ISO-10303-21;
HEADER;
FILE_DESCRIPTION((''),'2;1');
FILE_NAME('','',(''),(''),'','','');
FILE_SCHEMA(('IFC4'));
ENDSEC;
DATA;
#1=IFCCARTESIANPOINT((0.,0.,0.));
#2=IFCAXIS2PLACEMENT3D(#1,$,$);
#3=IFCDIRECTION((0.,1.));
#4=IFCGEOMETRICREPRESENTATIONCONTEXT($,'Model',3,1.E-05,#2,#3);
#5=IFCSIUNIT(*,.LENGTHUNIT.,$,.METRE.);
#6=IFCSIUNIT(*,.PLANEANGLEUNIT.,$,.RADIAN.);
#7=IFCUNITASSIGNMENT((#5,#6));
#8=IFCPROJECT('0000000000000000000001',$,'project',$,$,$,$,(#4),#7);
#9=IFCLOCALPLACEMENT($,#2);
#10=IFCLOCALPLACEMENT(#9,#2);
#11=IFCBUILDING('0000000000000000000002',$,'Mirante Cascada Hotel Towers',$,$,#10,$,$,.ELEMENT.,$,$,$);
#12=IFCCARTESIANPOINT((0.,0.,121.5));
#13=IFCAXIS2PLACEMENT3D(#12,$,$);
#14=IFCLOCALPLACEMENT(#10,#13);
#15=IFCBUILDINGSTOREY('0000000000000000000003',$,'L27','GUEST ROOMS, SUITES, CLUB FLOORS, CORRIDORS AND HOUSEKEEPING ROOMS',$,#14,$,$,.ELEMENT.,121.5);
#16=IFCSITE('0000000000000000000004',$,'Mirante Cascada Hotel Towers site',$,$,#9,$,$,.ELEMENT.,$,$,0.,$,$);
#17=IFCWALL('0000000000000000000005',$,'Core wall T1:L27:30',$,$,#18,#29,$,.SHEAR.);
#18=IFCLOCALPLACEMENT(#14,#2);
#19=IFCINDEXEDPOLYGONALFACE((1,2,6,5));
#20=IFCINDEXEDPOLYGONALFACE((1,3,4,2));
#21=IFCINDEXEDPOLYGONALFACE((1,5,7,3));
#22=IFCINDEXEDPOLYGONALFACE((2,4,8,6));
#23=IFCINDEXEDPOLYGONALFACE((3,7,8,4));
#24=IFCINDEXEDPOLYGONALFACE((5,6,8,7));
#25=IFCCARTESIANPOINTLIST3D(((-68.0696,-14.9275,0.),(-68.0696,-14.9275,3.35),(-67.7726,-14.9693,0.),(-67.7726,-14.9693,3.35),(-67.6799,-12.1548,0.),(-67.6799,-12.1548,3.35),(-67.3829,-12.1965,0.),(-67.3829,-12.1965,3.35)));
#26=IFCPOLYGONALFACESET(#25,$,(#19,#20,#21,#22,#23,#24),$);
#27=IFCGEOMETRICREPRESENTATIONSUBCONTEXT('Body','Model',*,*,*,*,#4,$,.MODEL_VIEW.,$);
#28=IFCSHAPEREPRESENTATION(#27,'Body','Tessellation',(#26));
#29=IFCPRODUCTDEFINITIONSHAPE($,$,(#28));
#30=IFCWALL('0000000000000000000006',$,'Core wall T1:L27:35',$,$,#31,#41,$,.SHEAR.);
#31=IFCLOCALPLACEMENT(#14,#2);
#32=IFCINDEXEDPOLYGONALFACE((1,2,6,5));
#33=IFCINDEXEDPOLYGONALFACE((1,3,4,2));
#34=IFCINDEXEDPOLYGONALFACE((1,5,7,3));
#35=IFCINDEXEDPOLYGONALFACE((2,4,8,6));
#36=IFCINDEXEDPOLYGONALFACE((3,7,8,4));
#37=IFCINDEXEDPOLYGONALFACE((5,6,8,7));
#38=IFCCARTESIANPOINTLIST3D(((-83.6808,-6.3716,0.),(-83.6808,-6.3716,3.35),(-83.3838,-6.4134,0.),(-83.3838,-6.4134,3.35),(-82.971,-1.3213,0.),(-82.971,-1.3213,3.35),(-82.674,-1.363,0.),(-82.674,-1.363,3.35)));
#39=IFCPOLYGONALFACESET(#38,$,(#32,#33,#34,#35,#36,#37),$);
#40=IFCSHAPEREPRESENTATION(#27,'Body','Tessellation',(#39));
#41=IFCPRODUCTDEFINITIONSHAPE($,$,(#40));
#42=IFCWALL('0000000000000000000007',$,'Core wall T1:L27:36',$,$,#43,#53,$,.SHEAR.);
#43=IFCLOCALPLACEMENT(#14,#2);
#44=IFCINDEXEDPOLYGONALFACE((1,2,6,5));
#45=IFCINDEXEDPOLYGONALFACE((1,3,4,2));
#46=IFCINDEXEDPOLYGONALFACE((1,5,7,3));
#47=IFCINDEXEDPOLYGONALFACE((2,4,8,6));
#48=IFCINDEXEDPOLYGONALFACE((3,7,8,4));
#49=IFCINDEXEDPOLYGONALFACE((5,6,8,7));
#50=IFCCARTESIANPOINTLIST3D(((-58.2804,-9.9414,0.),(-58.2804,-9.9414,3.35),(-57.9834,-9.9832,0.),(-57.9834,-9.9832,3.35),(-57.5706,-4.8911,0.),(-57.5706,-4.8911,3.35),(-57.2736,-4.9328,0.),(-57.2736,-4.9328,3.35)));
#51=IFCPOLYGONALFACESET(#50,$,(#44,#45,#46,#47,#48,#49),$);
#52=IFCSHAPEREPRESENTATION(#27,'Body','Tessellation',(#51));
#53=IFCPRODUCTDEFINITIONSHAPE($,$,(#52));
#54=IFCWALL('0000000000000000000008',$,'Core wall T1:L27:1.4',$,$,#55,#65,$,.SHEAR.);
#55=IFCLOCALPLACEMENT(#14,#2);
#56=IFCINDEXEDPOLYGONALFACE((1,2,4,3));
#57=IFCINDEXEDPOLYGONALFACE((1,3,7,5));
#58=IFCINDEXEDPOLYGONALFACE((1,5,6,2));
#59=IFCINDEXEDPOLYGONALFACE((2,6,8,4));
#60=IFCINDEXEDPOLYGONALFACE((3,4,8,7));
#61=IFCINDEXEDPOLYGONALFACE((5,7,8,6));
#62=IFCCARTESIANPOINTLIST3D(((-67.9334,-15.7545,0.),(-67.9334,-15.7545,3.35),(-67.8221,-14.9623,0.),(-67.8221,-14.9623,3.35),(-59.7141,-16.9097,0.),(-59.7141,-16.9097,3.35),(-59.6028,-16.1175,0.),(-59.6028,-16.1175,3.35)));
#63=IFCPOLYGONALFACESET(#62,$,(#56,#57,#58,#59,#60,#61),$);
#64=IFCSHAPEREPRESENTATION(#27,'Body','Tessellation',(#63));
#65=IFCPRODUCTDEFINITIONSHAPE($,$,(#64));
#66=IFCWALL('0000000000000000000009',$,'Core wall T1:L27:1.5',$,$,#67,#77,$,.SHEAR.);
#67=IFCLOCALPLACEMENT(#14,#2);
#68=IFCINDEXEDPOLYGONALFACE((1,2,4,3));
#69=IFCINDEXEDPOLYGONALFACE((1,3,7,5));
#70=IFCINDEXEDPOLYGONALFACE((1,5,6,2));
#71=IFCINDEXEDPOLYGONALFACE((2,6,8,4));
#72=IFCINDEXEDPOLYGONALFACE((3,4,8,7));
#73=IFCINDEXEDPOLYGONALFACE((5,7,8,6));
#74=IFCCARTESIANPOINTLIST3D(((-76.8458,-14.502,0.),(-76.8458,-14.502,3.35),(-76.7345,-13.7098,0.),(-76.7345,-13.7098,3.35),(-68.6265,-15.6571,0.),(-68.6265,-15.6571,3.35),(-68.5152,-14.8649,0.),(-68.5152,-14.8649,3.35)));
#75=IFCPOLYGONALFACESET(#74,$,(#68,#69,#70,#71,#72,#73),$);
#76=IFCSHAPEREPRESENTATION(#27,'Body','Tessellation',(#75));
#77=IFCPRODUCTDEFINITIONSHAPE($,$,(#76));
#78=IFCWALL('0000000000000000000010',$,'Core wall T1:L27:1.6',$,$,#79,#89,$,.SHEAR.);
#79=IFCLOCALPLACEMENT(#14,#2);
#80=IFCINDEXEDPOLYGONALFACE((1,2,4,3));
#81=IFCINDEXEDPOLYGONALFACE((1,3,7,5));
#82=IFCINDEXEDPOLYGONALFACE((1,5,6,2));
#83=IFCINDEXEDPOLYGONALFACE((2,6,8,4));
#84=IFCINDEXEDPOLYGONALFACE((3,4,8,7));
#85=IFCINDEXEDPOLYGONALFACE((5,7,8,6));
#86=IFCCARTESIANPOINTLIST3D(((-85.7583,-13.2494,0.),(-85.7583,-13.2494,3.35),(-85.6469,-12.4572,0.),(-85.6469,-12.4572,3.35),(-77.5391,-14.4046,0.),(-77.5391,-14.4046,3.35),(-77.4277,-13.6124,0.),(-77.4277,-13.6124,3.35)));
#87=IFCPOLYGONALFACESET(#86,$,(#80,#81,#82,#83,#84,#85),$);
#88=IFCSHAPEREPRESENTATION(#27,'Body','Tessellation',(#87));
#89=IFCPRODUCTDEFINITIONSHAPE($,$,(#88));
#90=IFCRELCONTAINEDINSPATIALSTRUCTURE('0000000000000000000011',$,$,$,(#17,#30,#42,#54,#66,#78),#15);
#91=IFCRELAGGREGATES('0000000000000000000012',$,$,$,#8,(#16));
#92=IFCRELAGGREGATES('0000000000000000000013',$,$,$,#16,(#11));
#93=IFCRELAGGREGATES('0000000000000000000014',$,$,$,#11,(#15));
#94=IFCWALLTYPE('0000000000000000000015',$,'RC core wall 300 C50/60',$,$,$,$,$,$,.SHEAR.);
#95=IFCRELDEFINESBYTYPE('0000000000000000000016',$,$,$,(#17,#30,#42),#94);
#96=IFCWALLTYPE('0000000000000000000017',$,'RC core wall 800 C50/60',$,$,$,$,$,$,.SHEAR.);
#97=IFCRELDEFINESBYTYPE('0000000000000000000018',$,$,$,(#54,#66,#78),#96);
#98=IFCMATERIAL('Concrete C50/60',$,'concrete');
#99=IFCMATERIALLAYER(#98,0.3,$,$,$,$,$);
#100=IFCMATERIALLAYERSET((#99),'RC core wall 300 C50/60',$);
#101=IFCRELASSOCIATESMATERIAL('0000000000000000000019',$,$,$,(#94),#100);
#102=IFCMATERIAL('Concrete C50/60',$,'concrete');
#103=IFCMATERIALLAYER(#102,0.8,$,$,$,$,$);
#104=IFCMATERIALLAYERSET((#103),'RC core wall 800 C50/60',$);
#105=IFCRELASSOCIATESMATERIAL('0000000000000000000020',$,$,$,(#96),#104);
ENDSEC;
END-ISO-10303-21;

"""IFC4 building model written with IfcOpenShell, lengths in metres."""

from ifc_helpers import new_model, si_unit, direction, frame, frame_2d, origin, place, context, subcontext, project, spatial, rectangle, extrude, material, layer, layer_set, type_object, element, save


model = new_model("IFC4")

# Units and contexts
model_context = context("Model", 3, precision=1e-05, world=origin(), true_north=direction((0.0, 1.0)))
body_context = subcontext(model_context, "Body", "Model", "MODEL_VIEW")
ifc_project = project(units=[si_unit("LENGTHUNIT", "METRE"), si_unit("PLANEANGLEUNIT", "RADIAN")], contexts=[model_context])

# Site, building, storey
site_placement = place(None, origin())
site = spatial("IfcSite", under=ifc_project, at=site_placement, Name="Mirante Cascada Hotel Towers site", CompositionType="ELEMENT", RefElevation=0.0)
building_placement = place(site_placement, origin())
building = spatial("IfcBuilding", under=site, at=building_placement, Name="Mirante Cascada Hotel Towers", CompositionType="ELEMENT")
storey_placement = place(building_placement, frame((0.0, 0.0, 121.5)))
storey = spatial("IfcBuildingStorey", under=building, at=storey_placement, Name="L27", Description="GUEST ROOMS, SUITES, CLUB FLOORS, CORRIDORS AND HOUSEKEEPING ROOMS", CompositionType="ELEMENT", Elevation=121.5)

# Walls
ifc_material_1 = material(Name="Concrete C50/60", Category="concrete")
ifc_layer_1 = layer(ifc_material_1, 0.3)
ifc_layer_set_1 = layer_set([ifc_layer_1], Name="RC core wall 300 C50/60")
wall_type_1 = type_object("IfcWallType", Name="RC core wall 300 C50/60", PredefinedType="SHEAR", material=ifc_layer_set_1)
wall_1_placement = place(storey_placement, frame((-67.9211, -14.9484, 0.0), z_axis=(0.0, 0.0, 1.0), x_axis=(0.139181, 0.990267, 0.0)))
element("IfcWall", 1, at=wall_1_placement, inside=storey, type_object=wall_type_1, Name="Core wall T1:L27:30", PredefinedType="SHEAR", context=body_context, shape_type="SweptSolid", body=[
    extrude(rectangle(XDim=2.8, YDim=0.3, at=frame_2d((1.4, 0.0))), origin(), (0.0, 0.0, 1.0), 3.35),
])
for number, where, z_axis, x_axis, name in (
    (2, (-83.5323, -6.3925, 0.0), (0.0, 0.0, 1.0), (0.139176, 0.990268, 0.0), "Core wall T1:L27:35"),
    (3, (-58.1319, -9.9623, 0.0), (0.0, 0.0, 1.0), (0.139176, 0.990268, 0.0), "Core wall T1:L27:36"),
):
    element("IfcWall", number, at=place(storey_placement, frame(where, z_axis=z_axis, x_axis=x_axis)), inside=storey, type_object=wall_type_1, Name=name, PredefinedType="SHEAR", context=body_context, shape_type="SweptSolid", body=[
        extrude(rectangle(XDim=5.1, YDim=0.3, at=frame_2d((2.55, 0.0))), origin(), (0.0, 0.0, 1.0), 3.35),
    ])
ifc_material_2 = material(Name="Concrete C50/60", Category="concrete")
ifc_layer_2 = layer(ifc_material_2, 0.8)
ifc_layer_set_2 = layer_set([ifc_layer_2], Name="RC core wall 800 C50/60")
wall_type_2 = type_object("IfcWallType", Name="RC core wall 800 C50/60", PredefinedType="SHEAR", material=ifc_layer_set_2)
for number, where, z_axis, x_axis, name in (
    (4, (-59.6585, -16.5136, 0.0), (0.0, 0.0, 1.0), (-0.990267, 0.139179, 0.0), "Core wall T1:L27:1.4"),
    (5, (-68.5709, -15.261, 0.0), (0.0, 0.0, 1.0), (-0.990269, 0.139167, 0.0), "Core wall T1:L27:1.5"),
):
    element("IfcWall", number, at=place(storey_placement, frame(where, z_axis=z_axis, x_axis=x_axis)), inside=storey, type_object=wall_type_2, Name=name, PredefinedType="SHEAR", context=body_context, shape_type="SweptSolid", body=[
        extrude(rectangle(XDim=8.3001, YDim=0.8, at=frame_2d((4.15, 0.0))), origin(), (0.0, 0.0, 1.0), 3.35),
    ])
wall_2_placement = place(storey_placement, frame((-77.4834, -14.0085, 0.0), z_axis=(0.0, 0.0, 1.0), x_axis=(-0.990267, 0.139181, 0.0)))
element("IfcWall", 6, at=wall_2_placement, inside=storey, type_object=wall_type_2, Name="Core wall T1:L27:1.6", PredefinedType="SHEAR", context=body_context, shape_type="SweptSolid", body=[
    extrude(rectangle(XDim=8.3, YDim=0.8, at=frame_2d((4.15, 0.0))), origin(), (0.0, 0.0, 1.0), 3.35),
])

save(model, "model.ifc")
